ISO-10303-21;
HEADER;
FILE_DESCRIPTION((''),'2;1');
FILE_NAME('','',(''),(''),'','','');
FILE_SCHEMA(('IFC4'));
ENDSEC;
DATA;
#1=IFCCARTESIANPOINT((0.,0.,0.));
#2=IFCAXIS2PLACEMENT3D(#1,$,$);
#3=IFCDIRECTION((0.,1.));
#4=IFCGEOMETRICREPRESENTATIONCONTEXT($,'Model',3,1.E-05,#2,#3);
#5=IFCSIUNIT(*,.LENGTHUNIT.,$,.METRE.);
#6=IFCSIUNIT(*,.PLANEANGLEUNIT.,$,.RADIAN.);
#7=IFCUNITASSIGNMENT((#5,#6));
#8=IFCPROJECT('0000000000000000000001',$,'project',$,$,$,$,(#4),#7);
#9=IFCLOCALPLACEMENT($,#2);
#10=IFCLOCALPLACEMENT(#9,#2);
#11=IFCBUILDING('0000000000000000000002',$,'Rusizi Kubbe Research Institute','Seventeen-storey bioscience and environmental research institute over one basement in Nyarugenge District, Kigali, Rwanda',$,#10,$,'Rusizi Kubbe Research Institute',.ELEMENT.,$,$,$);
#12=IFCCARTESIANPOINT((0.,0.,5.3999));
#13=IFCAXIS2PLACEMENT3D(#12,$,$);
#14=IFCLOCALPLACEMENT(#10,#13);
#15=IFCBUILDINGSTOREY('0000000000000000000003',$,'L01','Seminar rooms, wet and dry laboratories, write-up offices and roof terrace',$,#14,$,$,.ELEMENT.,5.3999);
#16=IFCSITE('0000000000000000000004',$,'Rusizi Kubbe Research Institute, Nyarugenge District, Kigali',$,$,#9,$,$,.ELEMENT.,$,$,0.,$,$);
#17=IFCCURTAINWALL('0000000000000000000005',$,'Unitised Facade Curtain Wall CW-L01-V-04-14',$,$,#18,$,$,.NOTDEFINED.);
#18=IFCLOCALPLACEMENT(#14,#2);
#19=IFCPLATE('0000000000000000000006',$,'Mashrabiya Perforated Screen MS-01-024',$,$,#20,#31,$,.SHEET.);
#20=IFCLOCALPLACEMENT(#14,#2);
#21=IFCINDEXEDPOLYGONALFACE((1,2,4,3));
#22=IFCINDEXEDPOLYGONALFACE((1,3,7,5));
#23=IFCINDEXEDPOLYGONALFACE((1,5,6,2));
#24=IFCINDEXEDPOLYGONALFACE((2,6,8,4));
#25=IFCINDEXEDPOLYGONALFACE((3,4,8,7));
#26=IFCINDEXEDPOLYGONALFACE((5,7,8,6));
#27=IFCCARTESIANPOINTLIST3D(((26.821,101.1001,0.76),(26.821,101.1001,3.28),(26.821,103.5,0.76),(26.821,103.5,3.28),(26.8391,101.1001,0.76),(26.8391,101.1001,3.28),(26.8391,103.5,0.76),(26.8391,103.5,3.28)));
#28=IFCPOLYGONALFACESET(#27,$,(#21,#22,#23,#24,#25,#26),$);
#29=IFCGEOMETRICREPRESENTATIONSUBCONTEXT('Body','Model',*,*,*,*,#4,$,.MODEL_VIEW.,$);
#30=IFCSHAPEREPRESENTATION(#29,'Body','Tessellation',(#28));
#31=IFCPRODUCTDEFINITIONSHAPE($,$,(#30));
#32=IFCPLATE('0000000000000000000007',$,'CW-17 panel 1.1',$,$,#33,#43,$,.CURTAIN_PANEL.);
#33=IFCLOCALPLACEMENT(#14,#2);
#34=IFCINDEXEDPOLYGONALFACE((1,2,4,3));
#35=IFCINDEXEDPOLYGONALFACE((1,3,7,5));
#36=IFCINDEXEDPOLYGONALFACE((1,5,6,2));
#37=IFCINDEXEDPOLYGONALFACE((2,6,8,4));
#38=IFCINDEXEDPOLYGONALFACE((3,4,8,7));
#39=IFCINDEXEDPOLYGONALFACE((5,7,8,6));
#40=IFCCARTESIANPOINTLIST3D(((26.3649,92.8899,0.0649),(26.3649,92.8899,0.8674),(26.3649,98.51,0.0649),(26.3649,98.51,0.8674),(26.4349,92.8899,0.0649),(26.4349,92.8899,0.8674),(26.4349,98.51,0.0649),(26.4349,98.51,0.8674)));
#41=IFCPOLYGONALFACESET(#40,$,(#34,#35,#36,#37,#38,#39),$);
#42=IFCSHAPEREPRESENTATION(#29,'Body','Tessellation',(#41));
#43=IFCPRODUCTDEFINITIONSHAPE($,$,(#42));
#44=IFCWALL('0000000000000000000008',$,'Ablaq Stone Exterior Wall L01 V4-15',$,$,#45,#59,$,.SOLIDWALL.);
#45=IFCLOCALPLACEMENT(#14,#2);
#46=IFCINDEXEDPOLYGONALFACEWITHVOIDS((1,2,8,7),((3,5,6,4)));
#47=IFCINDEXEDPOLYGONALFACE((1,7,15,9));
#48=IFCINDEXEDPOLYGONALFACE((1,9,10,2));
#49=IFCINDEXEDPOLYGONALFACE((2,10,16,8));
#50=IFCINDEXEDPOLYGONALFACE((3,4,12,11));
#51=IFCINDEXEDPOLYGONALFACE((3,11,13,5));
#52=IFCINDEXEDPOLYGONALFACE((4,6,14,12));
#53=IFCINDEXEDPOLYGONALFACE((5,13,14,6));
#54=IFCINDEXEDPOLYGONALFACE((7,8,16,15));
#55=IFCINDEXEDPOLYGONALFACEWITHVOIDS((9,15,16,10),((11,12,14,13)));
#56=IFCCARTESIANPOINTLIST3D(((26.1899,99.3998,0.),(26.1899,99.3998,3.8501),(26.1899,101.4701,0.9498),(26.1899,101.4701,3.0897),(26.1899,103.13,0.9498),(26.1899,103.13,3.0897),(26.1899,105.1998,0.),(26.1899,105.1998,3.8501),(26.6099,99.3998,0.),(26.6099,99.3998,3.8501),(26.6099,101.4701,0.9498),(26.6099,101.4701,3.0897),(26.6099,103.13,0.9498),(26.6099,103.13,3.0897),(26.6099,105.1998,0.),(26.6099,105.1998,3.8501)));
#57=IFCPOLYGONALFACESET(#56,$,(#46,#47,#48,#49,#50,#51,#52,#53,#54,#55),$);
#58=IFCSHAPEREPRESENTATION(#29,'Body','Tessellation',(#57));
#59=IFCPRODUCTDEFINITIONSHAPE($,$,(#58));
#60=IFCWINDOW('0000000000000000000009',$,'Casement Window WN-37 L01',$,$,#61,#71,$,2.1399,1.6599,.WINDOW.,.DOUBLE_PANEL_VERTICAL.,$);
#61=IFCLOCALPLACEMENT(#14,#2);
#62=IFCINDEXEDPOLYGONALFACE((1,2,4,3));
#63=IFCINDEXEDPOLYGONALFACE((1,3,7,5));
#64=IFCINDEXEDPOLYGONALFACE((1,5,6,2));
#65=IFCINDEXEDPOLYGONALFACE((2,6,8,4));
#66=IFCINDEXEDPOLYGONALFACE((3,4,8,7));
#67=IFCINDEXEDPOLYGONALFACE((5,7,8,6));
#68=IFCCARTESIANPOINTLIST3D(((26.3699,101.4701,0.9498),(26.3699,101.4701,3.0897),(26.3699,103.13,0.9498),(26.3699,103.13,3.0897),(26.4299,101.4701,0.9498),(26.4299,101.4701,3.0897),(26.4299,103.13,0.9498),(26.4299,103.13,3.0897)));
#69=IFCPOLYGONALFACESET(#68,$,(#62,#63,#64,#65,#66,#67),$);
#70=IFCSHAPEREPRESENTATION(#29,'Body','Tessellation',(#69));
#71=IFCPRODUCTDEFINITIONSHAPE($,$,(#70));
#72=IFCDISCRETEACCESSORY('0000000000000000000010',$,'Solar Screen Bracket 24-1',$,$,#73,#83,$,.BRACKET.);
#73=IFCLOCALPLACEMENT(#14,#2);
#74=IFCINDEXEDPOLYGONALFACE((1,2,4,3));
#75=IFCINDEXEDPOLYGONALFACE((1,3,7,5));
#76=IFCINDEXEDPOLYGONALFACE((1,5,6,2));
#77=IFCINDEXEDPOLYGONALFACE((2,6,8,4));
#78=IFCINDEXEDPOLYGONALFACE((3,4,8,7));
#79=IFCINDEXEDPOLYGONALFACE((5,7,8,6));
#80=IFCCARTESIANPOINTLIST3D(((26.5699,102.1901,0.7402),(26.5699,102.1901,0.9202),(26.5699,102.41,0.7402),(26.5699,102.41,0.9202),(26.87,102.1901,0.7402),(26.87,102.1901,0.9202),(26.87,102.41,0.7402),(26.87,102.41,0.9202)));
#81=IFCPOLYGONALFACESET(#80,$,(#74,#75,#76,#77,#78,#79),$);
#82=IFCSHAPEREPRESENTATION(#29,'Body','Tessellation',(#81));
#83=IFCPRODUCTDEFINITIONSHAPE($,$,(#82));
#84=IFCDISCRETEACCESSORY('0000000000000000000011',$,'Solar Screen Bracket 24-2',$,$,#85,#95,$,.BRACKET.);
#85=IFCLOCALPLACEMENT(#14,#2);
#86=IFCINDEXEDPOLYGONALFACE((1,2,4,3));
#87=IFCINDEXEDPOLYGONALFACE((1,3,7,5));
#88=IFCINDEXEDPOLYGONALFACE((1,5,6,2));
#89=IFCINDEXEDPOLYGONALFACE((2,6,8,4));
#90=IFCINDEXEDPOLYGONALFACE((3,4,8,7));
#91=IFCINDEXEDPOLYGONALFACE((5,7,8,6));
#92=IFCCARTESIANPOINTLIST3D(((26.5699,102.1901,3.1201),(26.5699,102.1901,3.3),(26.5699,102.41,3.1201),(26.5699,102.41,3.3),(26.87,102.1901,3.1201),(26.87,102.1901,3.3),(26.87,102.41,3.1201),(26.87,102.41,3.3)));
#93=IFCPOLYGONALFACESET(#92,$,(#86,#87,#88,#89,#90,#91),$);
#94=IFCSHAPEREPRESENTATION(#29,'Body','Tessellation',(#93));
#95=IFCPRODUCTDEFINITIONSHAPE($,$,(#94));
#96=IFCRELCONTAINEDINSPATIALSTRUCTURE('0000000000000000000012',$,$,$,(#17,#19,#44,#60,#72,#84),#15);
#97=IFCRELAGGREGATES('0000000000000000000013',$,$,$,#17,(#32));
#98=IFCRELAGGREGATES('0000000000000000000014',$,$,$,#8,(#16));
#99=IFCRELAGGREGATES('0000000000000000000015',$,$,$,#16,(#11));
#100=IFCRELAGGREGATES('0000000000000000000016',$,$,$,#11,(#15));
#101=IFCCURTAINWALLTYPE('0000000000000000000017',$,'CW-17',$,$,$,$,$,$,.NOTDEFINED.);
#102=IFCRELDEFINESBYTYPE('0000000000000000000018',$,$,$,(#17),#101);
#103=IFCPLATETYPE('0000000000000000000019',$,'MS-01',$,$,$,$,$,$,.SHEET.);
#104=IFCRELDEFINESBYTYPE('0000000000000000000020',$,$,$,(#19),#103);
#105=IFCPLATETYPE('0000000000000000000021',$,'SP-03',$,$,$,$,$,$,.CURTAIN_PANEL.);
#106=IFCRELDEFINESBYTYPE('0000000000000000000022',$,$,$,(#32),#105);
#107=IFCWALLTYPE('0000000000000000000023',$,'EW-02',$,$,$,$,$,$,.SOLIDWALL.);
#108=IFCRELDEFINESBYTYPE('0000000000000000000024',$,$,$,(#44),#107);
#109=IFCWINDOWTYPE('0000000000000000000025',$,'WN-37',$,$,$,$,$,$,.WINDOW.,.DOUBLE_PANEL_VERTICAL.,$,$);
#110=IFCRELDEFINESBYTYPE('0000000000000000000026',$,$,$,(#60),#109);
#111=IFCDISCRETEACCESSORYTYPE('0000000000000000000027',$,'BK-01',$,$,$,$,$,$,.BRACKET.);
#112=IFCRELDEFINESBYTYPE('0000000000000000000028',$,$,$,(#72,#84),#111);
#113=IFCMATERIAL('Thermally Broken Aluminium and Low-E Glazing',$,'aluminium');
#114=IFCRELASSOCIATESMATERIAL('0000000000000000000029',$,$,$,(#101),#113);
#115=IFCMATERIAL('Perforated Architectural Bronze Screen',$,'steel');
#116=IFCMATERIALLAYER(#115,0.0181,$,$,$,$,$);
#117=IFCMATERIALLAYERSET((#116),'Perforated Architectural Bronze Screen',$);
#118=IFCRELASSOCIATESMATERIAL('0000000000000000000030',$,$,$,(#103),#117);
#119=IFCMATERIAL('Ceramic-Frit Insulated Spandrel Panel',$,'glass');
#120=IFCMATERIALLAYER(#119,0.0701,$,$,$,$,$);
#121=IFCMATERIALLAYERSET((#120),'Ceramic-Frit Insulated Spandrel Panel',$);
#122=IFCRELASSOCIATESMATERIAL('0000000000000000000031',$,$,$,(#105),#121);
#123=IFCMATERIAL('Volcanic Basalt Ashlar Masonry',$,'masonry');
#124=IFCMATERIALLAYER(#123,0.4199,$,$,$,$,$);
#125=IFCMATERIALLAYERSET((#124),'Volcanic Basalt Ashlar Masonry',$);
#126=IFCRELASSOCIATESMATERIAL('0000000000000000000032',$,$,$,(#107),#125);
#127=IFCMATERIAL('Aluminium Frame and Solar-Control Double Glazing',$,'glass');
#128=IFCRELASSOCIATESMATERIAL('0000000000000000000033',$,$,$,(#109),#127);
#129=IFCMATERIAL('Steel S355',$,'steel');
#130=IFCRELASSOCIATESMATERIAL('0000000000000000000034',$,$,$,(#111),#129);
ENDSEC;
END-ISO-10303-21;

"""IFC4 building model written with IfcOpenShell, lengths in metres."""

from ifc_helpers import new_model, si_unit, direction, frame, frame_2d, origin, origin_2d, place, context, subcontext, project, spatial, rectangle, extrude, material, layer, layer_set, type_object, element, fill, aggregate, save


model = new_model("IFC4")

# Units and contexts
model_context = context("Model", 3, precision=1e-05, world=origin(), true_north=direction((0.0, 1.0)))
body_context = subcontext(model_context, "Body", "Model", "MODEL_VIEW")
ifc_project = project(units=[si_unit("LENGTHUNIT", "METRE"), si_unit("PLANEANGLEUNIT", "RADIAN")], contexts=[model_context])

# Site, building, storey
site_placement = place(None, origin())
site = spatial("IfcSite", under=ifc_project, at=site_placement, Name="Rusizi Kubbe Research Institute, Nyarugenge District, Kigali", CompositionType="ELEMENT", RefElevation=0.0)
building_placement = place(site_placement, origin())
building = spatial("IfcBuilding", under=site, at=building_placement, Name="Rusizi Kubbe Research Institute", Description="Seventeen-storey bioscience and environmental research institute over one basement in Nyarugenge District, Kigali, Rwanda", LongName="Rusizi Kubbe Research Institute", CompositionType="ELEMENT")
storey_placement = place(building_placement, frame((0.0, 0.0, 5.3999)))
storey = spatial("IfcBuildingStorey", under=building, at=storey_placement, Name="L01", Description="Seminar rooms, wet and dry laboratories, write-up offices and roof terrace", CompositionType="ELEMENT", Elevation=5.3999)

# Curtain wall
ifc_material_1 = material(Name="Thermally Broken Aluminium and Low-E Glazing", Category="aluminium")
curtain_wall_type = type_object("IfcCurtainWallType", Name="CW-17", PredefinedType="NOTDEFINED", material=ifc_material_1)
curtain_wall_placement = place(storey_placement, origin())
curtain_wall = element("IfcCurtainWall", 1, at=curtain_wall_placement, inside=storey, type_object=curtain_wall_type, Name="Unitised Facade Curtain Wall CW-L01-V-04-14", PredefinedType="NOTDEFINED")

# Plates
ifc_material_2 = material(Name="Perforated Architectural Bronze Screen", Category="steel")
ifc_layer_1 = layer(ifc_material_2, 0.0181)
ifc_layer_set_1 = layer_set([ifc_layer_1], Name="Perforated Architectural Bronze Screen")
plate_type_1 = type_object("IfcPlateType", Name="MS-01", PredefinedType="SHEET", material=ifc_layer_set_1)
plate_1_placement = place(storey_placement, frame((26.8301, 102.3, 0.76), z_axis=(0.0, 0.0, 1.0), x_axis=(0.0, 1.0, 0.0)))
element("IfcPlate", 2, at=plate_1_placement, inside=storey, type_object=plate_type_1, Name="Mashrabiya Perforated Screen MS-01-024", PredefinedType="SHEET", context=body_context, shape_type="SweptSolid", body=[
    extrude(rectangle(XDim=2.3999, YDim=0.0181, at=origin_2d()), origin(), (0.0, 0.0, 1.0), 2.52),
])
ifc_material_3 = material(Name="Ceramic-Frit Insulated Spandrel Panel", Category="glass")
ifc_layer_2 = layer(ifc_material_3, 0.0701)
ifc_layer_set_2 = layer_set([ifc_layer_2], Name="Ceramic-Frit Insulated Spandrel Panel")
plate_type_2 = type_object("IfcPlateType", Name="SP-03", PredefinedType="CURTAIN_PANEL", material=ifc_layer_set_2)
plate_2_placement = place(storey_placement, frame((26.3999, 95.7, 0.0649), z_axis=(0.0, 0.0, 1.0), x_axis=(0.0, 1.0, 0.0)))
plate_2 = element("IfcPlate", 3, at=plate_2_placement, type_object=plate_type_2, Name="CW-17 panel 1.1", PredefinedType="CURTAIN_PANEL", context=body_context, shape_type="SweptSolid", body=[
    extrude(rectangle(XDim=5.6201, YDim=0.0701, at=origin_2d()), origin(), (0.0, 0.0, 1.0), 0.8025),
])
aggregate(curtain_wall, [plate_2])

# Wall, opening, window
ifc_material_4 = material(Name="Volcanic Basalt Ashlar Masonry", Category="masonry")
ifc_layer_3 = layer(ifc_material_4, 0.4199)
ifc_layer_set_3 = layer_set([ifc_layer_3], Name="Volcanic Basalt Ashlar Masonry")
wall_type = type_object("IfcWallType", Name="EW-02", PredefinedType="SOLIDWALL", material=ifc_layer_set_3)
wall_placement = place(storey_placement, frame((26.3999, 99.3999, 0.0), z_axis=(0.0, 0.0, 1.0), x_axis=(0.0, 1.0, 0.0)))
wall = element("IfcWall", 4, at=wall_placement, inside=storey, type_object=wall_type, Name="Ablaq Stone Exterior Wall L01 V4-15", PredefinedType="SOLIDWALL", context=body_context, shape_type="SweptSolid", body=[
    extrude(rectangle(XDim=5.8, YDim=0.4199, at=frame_2d((2.8999, 0.0))), origin(), (0.0, 0.0, 1.0), 3.8501),
])
opening_placement = place(wall_placement, frame((2.0701, 0.0, 0.95)))
opening = element("IfcOpeningElement", 5, at=opening_placement, cuts=wall, PredefinedType="OPENING", context=body_context, shape_type="SweptSolid", body=[
    extrude(rectangle(XDim=1.6599, YDim=2.1399, at=frame_2d((0.8301, 1.0698))), frame((0.0, 0.22, 0.0), z_axis=(0.0, -1.0, 0.0), x_axis=(1.0, 0.0, 0.0)), (0.0, 0.0, 1.0), 0.4399),
])
ifc_material_5 = material(Name="Aluminium Frame and Solar-Control Double Glazing", Category="glass")
window_type = type_object("IfcWindowType", Name="WN-37", PartitioningType="DOUBLE_PANEL_VERTICAL", PredefinedType="WINDOW", material=ifc_material_5)
window_placement = place(opening_placement, origin())
window = element("IfcWindow", 6, at=window_placement, inside=storey, type_object=window_type, Name="Casement Window WN-37 L01", OverallHeight=2.1399, OverallWidth=1.6599, PartitioningType="DOUBLE_PANEL_VERTICAL", PredefinedType="WINDOW", context=body_context, shape_type="SweptSolid", body=[
    extrude(rectangle(XDim=1.6599, YDim=2.1399, at=frame_2d((0.8301, 1.0698))), frame((0.0, 0.03, 0.0), z_axis=(0.0, -1.0, 0.0), x_axis=(1.0, 0.0, 0.0)), (0.0, 0.0, 1.0), 0.0601),
])
fill(opening, window)

# Discrete accessories
ifc_material_6 = material(Name="Steel S355", Category="steel")
discrete_accessory_type = type_object("IfcDiscreteAccessoryType", Name="BK-01", PredefinedType="BRACKET", material=ifc_material_6)
for number, where, z_axis, x_axis, name in (
    (7, (26.72, 102.3, 0.7402), (0.0, 0.0, 1.0), (1.0, 0.0, 0.0), "Solar Screen Bracket 24-1"),
    (8, (26.72, 102.3, 3.1201), (0.0, 0.0, 1.0), (1.0, 0.0, 0.0), "Solar Screen Bracket 24-2"),
):
    element("IfcDiscreteAccessory", number, at=place(storey_placement, frame(where, z_axis=z_axis, x_axis=x_axis)), inside=storey, type_object=discrete_accessory_type, Name=name, PredefinedType="BRACKET", context=body_context, shape_type="SweptSolid", body=[
        extrude(rectangle(XDim=0.3, YDim=0.22, at=origin_2d()), origin(), (0.0, 0.0, 1.0), 0.1799),
    ])

save(model, "model.ifc")
